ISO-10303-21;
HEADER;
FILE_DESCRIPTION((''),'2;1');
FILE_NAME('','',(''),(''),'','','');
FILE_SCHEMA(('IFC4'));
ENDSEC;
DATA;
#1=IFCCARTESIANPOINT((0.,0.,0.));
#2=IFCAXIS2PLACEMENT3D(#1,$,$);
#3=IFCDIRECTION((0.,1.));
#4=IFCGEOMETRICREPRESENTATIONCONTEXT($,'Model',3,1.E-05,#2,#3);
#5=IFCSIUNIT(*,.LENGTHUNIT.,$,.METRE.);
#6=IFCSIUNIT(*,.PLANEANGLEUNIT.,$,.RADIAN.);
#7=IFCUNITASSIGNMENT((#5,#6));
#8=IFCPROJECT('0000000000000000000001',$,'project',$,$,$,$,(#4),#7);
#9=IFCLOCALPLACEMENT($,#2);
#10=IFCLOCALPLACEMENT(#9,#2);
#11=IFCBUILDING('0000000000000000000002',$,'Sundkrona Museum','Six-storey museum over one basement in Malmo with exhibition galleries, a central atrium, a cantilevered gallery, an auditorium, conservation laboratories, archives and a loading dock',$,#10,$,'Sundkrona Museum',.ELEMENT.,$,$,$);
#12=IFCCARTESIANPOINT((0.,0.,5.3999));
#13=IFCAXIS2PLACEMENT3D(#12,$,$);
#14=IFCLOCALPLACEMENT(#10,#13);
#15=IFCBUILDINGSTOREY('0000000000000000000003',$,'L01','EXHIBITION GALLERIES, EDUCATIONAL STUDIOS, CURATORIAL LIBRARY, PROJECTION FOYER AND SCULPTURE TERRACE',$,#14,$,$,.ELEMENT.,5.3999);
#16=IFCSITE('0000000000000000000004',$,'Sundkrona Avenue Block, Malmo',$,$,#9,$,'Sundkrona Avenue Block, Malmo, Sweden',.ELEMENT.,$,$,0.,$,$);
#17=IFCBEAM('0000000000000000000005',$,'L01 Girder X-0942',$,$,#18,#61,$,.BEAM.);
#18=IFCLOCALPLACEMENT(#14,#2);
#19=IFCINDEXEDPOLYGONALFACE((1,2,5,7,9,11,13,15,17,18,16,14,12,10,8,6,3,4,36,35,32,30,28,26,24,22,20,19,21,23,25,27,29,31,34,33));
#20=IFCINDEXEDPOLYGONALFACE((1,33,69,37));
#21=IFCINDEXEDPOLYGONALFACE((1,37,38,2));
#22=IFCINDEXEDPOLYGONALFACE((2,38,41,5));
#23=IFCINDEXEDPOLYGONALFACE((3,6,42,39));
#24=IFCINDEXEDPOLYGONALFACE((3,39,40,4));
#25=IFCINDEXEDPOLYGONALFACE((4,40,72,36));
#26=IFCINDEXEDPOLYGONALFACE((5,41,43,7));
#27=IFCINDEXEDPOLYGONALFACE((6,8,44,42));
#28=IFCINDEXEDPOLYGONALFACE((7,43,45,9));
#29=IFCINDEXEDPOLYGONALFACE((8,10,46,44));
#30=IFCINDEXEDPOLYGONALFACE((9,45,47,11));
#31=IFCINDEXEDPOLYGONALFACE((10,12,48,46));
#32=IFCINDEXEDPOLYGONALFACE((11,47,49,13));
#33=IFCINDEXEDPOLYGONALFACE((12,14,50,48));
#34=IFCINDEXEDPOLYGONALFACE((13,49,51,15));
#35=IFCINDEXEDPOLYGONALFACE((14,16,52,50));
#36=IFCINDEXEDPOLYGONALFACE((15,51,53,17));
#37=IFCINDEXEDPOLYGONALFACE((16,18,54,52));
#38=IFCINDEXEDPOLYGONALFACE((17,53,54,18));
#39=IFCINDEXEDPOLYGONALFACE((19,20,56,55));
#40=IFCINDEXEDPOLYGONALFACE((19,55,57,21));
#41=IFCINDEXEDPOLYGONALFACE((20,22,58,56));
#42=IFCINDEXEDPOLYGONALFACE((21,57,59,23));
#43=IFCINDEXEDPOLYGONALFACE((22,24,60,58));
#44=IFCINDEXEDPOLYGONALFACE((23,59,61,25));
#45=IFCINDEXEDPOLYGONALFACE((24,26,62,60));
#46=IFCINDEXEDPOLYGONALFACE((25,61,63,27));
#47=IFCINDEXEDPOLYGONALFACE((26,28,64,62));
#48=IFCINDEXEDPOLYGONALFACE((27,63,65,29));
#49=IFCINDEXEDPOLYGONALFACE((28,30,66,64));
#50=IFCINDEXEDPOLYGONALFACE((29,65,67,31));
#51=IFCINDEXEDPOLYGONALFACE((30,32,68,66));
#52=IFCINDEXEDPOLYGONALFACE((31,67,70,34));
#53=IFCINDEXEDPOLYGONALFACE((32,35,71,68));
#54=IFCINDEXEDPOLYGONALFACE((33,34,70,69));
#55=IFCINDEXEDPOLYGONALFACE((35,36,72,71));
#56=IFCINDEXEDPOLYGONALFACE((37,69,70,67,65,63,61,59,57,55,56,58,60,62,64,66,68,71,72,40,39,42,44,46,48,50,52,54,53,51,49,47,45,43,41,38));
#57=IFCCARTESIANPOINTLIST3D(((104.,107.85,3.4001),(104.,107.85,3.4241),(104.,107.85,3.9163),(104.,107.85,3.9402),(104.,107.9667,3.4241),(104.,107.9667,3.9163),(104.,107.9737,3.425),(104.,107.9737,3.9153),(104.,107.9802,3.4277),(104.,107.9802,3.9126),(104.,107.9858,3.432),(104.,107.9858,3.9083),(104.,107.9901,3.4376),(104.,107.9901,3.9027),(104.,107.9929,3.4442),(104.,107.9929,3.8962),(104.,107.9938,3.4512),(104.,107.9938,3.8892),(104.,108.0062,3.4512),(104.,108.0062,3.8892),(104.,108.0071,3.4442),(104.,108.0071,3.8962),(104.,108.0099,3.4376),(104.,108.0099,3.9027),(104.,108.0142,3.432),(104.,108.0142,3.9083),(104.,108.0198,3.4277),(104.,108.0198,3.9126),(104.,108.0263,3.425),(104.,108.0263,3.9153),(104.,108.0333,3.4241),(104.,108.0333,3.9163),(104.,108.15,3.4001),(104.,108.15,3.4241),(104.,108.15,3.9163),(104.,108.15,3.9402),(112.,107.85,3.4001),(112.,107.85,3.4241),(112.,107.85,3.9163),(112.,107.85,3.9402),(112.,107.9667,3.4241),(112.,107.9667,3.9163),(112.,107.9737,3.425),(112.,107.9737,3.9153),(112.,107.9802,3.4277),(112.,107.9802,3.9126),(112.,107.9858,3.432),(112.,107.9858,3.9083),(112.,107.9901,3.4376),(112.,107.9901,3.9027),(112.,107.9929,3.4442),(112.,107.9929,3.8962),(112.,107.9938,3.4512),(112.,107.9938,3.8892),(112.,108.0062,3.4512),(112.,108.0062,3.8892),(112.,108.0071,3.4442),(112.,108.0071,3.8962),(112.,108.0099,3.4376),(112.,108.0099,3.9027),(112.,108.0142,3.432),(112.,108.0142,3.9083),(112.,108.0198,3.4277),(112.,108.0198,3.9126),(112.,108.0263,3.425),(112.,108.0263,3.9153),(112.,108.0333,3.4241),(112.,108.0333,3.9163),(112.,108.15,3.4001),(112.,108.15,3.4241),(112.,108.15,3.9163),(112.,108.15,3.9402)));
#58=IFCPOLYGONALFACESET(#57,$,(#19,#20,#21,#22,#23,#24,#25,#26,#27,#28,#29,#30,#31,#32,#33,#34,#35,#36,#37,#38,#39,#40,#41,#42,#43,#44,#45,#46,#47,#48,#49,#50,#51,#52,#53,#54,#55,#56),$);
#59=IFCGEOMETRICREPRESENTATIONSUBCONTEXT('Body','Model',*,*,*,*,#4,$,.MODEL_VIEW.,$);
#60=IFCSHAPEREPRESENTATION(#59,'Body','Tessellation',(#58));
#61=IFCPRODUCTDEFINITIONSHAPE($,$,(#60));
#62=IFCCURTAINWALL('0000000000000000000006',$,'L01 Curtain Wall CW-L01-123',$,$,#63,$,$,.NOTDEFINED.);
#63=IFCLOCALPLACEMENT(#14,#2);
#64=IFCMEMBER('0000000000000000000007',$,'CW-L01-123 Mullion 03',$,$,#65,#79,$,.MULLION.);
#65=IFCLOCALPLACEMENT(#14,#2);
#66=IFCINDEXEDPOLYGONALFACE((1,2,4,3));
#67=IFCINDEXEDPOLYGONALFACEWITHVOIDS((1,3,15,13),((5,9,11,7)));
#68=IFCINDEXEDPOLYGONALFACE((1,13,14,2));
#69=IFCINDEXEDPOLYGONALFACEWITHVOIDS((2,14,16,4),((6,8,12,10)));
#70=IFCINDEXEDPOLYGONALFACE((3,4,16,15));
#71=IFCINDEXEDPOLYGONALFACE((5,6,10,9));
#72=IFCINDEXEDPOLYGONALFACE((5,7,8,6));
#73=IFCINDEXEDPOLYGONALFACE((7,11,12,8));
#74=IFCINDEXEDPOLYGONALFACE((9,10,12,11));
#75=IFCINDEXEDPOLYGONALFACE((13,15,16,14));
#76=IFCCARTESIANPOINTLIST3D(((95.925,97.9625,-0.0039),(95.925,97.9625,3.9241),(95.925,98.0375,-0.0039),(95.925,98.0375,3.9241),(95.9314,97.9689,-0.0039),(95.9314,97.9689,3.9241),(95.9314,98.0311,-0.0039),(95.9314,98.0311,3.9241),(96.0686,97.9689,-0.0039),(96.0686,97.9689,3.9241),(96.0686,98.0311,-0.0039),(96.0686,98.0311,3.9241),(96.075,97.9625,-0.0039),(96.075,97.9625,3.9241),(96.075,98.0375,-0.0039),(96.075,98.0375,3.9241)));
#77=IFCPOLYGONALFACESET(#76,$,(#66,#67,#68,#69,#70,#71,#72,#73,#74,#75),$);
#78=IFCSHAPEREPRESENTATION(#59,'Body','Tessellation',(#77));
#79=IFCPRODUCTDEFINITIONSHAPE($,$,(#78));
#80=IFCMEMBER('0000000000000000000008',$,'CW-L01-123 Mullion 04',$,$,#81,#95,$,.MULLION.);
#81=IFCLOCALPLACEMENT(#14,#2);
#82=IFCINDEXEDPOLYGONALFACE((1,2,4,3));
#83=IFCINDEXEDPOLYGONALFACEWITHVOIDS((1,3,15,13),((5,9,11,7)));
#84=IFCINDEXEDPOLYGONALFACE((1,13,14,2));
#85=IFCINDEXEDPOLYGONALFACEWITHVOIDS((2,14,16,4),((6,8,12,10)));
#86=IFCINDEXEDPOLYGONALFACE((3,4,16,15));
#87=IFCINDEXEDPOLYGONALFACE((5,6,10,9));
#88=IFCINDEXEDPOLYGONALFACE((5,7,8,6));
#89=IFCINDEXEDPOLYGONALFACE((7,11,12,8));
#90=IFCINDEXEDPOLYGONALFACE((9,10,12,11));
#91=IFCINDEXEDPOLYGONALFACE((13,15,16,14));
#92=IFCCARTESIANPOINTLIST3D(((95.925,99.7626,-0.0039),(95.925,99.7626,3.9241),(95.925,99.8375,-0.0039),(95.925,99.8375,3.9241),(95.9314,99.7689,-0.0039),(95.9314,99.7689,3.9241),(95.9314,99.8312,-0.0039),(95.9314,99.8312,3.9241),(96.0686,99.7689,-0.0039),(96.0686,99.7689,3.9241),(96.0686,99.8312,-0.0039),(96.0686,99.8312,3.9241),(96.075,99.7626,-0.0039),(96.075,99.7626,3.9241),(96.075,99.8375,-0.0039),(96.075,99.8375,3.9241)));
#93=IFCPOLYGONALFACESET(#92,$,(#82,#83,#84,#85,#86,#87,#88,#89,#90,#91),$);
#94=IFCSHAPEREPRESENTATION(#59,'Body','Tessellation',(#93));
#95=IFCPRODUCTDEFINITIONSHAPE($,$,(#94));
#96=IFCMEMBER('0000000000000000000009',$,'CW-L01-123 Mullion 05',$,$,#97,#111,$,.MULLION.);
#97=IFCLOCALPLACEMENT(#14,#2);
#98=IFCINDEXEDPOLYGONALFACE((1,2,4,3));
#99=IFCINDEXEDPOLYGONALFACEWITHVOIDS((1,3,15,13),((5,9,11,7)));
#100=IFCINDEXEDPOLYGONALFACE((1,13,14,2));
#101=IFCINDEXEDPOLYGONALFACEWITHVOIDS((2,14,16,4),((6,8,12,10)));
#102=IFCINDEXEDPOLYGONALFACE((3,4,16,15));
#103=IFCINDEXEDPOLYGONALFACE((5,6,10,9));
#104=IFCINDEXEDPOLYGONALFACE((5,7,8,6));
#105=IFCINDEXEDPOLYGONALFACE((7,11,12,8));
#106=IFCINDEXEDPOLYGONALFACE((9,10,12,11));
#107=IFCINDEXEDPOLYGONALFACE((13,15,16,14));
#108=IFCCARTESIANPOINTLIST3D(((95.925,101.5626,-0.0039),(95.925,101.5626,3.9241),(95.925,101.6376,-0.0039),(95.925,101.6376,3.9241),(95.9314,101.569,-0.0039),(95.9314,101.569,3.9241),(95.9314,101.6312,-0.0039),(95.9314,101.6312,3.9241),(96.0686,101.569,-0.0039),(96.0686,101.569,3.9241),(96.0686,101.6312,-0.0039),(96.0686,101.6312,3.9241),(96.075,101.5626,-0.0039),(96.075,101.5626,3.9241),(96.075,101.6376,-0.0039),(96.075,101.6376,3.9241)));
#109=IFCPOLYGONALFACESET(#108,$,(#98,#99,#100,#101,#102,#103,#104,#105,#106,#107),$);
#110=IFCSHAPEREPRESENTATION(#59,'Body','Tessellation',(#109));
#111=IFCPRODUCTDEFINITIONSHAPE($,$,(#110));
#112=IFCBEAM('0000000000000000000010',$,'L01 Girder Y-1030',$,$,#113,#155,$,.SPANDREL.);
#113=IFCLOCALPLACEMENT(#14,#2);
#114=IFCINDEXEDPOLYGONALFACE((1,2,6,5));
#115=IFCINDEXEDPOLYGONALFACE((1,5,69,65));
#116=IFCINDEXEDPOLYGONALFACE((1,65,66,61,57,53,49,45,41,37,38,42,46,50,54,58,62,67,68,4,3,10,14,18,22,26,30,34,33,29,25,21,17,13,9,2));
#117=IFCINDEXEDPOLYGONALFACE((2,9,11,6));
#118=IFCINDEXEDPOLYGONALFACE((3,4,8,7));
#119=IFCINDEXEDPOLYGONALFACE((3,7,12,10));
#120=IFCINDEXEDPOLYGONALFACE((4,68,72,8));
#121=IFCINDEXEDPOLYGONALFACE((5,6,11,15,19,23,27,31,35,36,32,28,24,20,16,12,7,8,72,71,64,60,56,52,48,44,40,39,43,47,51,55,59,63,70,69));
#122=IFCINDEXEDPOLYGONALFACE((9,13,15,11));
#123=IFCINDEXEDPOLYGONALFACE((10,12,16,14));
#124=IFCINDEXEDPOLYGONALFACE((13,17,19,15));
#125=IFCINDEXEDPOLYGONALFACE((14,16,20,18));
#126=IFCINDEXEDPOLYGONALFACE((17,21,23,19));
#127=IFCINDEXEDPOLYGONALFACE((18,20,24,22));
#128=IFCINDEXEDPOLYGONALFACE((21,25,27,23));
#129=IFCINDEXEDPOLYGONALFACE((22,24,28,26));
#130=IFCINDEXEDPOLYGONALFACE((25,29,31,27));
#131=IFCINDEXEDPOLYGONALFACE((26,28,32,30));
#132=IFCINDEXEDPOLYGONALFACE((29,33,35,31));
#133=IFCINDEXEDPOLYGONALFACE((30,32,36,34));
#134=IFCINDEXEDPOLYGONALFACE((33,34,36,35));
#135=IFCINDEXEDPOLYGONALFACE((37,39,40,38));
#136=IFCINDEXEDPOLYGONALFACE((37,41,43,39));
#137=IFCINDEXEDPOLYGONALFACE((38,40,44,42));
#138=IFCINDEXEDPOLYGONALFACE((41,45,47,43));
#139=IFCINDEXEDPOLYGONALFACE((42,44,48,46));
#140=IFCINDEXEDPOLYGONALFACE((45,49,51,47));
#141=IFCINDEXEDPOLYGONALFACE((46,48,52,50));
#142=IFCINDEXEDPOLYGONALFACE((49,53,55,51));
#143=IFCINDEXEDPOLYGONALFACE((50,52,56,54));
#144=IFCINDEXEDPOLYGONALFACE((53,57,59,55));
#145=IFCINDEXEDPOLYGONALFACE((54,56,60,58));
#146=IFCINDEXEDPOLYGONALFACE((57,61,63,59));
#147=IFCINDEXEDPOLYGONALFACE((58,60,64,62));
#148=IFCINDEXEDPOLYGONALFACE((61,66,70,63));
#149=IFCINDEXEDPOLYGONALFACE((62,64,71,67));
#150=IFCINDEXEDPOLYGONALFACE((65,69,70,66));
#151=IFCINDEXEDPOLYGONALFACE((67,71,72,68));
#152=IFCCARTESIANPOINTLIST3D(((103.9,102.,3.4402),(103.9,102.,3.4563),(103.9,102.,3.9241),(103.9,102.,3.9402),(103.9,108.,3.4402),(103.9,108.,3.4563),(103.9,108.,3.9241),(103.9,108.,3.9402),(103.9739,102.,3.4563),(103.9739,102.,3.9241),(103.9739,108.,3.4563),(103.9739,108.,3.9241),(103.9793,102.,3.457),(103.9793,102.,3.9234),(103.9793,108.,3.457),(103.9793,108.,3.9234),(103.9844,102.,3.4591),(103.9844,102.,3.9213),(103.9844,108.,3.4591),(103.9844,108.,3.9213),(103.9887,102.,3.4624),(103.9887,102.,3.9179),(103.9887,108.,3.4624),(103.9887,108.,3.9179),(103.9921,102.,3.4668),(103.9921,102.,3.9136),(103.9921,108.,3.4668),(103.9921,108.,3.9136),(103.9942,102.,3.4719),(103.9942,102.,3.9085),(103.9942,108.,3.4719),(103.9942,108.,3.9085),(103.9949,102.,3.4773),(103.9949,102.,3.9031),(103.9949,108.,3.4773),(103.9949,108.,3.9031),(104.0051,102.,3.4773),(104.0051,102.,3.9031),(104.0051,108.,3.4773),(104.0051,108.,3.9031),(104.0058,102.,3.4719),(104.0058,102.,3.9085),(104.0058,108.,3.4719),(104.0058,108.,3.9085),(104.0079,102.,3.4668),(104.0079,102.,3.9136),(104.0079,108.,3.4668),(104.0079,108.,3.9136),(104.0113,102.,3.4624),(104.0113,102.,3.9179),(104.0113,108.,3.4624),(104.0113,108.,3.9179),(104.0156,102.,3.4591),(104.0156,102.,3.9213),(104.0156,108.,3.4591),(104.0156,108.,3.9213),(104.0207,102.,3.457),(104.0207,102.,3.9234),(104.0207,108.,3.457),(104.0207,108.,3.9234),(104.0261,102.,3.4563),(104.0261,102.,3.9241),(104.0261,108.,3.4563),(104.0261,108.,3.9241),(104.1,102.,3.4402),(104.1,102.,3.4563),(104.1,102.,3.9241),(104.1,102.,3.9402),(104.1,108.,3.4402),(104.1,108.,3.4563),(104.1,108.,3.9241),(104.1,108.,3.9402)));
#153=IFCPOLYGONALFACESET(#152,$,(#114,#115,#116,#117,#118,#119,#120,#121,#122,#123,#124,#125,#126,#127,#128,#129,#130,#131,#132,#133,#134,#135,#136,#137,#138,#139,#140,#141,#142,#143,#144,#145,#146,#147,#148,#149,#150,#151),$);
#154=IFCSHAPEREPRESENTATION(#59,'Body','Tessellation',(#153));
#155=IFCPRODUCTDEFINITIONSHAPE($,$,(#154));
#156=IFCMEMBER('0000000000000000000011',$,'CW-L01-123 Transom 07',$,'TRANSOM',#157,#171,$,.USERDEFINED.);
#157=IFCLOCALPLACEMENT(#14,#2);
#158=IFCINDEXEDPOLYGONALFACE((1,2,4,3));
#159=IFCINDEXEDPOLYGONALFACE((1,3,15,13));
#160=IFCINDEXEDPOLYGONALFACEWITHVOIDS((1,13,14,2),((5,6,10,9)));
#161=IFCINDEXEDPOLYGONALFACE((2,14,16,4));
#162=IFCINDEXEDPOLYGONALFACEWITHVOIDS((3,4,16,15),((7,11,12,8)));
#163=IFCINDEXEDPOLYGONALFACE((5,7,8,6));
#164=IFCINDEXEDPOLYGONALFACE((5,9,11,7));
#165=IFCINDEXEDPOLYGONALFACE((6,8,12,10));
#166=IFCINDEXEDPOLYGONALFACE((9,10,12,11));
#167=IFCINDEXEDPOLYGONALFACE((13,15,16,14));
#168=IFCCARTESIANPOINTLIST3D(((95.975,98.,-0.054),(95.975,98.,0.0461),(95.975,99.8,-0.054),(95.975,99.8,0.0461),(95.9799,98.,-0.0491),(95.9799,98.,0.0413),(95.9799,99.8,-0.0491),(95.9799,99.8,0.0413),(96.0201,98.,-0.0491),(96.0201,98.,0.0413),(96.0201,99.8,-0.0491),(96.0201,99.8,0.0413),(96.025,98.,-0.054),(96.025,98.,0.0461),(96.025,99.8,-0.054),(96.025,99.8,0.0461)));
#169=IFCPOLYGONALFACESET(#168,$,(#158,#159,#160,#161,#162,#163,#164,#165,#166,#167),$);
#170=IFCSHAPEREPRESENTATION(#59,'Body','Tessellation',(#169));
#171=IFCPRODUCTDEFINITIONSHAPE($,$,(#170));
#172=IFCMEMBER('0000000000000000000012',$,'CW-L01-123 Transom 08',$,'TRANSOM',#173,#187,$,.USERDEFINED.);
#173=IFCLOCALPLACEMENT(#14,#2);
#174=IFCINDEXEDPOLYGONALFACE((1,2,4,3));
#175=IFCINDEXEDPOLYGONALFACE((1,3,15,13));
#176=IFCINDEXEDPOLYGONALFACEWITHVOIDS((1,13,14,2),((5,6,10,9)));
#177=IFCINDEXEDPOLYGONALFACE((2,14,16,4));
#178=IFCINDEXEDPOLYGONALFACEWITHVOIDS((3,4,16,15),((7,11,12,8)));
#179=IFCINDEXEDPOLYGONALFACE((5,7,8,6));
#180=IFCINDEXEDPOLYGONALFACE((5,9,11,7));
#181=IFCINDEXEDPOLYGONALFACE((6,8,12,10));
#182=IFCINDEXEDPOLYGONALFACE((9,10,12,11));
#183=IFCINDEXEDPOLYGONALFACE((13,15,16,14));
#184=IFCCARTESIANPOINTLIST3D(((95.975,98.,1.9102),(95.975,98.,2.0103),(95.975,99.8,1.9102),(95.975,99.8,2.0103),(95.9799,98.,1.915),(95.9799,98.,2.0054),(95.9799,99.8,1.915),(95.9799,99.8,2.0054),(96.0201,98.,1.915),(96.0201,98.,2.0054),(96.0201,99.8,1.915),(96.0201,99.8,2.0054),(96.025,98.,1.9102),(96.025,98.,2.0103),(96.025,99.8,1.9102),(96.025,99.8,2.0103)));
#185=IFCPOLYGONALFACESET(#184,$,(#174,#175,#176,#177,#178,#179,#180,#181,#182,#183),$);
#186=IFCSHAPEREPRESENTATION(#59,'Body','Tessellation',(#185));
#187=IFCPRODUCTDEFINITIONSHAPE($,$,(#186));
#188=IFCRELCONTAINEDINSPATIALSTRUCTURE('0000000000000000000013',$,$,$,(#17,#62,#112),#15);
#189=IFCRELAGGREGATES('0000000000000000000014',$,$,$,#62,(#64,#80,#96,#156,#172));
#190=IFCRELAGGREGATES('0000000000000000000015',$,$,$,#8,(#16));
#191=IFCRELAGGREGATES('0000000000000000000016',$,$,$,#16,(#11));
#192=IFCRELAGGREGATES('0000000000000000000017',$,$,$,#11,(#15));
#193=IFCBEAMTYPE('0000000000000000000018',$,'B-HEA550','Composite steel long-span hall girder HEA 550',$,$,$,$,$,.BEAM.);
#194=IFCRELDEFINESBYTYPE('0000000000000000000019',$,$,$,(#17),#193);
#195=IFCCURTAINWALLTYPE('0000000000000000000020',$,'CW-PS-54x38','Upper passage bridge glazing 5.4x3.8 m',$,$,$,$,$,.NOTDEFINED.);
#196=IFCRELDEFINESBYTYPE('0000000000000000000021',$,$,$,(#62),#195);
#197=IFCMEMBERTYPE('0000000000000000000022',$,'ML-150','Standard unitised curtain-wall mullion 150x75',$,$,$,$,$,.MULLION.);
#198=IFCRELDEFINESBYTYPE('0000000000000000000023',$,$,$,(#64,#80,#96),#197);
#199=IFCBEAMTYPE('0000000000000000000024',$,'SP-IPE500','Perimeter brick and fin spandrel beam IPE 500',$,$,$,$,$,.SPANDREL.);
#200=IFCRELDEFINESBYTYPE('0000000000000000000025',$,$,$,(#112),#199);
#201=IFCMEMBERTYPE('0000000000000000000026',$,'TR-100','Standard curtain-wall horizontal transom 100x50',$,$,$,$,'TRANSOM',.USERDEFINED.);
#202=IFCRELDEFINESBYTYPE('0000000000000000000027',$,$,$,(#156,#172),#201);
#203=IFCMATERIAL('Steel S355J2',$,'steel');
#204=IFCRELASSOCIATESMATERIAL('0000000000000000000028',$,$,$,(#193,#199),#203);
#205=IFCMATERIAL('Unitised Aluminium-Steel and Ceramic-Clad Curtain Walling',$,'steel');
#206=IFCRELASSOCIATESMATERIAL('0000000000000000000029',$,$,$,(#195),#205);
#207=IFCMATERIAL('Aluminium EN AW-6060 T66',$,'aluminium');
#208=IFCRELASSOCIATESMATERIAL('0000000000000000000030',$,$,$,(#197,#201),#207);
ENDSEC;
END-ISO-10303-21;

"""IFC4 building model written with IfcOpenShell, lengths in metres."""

from ifc_helpers import new_model, si_unit, direction, frame, origin, origin_2d, place, context, subcontext, project, spatial, hollow_rectangle, i_section, extrude, material, material_profile, profile_set, type_object, element, aggregate, save


model = new_model("IFC4")

# Units and contexts
model_context = context("Model", 3, precision=1e-05, world=origin(), true_north=direction((0.0, 1.0)))
body_context = subcontext(model_context, "Body", "Model", "MODEL_VIEW")
ifc_project = project(units=[si_unit("LENGTHUNIT", "METRE"), si_unit("PLANEANGLEUNIT", "RADIAN")], contexts=[model_context])

# Site, building, storey
site_placement = place(None, origin())
site = spatial("IfcSite", under=ifc_project, at=site_placement, Name="Sundkrona Avenue Block, Malmo", LongName="Sundkrona Avenue Block, Malmo, Sweden", CompositionType="ELEMENT", RefElevation=0.0)
building_placement = place(site_placement, origin())
building = spatial("IfcBuilding", under=site, at=building_placement, Name="Sundkrona Museum", Description="Six-storey museum over one basement in Malmo with exhibition galleries, a central atrium, a cantilevered gallery, an auditorium, conservation laboratories, archives and a loading dock", LongName="Sundkrona Museum", CompositionType="ELEMENT")
storey_placement = place(building_placement, frame((0.0, 0.0, 5.3999)))
storey = spatial("IfcBuildingStorey", under=building, at=storey_placement, Name="L01", Description="EXHIBITION GALLERIES, EDUCATIONAL STUDIOS, CURATORIAL LIBRARY, PROJECTION FOYER AND SCULPTURE TERRACE", CompositionType="ELEMENT", Elevation=5.3999)

# Shared definitions
ifc_material_1 = material(Name="Steel S355J2", Category="steel")

# Beam
ifc_material_profile_1 = material_profile(ifc_material_1, i_section(OverallWidth=0.3, OverallDepth=0.54, WebThickness=0.0125, FlangeThickness=0.0239, FilletRadius=0.0271, at=origin_2d()), Name="HEA 550")
ifc_profile_set_1 = profile_set([ifc_material_profile_1], Name="Steel S355J2")
beam_type_1 = type_object("IfcBeamType", Name="B-HEA550", Description="Composite steel long-span hall girder HEA 550", PredefinedType="BEAM", material=ifc_profile_set_1)
for number, where, z_axis, x_axis, name in (
    (1, (104.0, 108.0, 3.6702), (1.0, 0.0, 0.0), (0.0, 1.0, 0.0), "L01 Girder X-0942"),
):
    element("IfcBeam", number, at=place(storey_placement, frame(where, z_axis=z_axis, x_axis=x_axis)), inside=storey, type_object=beam_type_1, Name=name, PredefinedType="BEAM", context=body_context, shape_type="SweptSolid", body=[
        extrude(i_section(OverallWidth=0.3, OverallDepth=0.54, WebThickness=0.0125, FlangeThickness=0.0239, FilletRadius=0.0271, at=origin_2d()), origin(), (0.0, 0.0, 1.0), 8.0),
    ])

# Curtain wall, members
ifc_material_2 = material(Name="Unitised Aluminium-Steel and Ceramic-Clad Curtain Walling", Category="steel")
curtain_wall_type = type_object("IfcCurtainWallType", Name="CW-PS-54x38", Description="Upper passage bridge glazing 5.4x3.8 m", PredefinedType="NOTDEFINED", material=ifc_material_2)
curtain_wall_placement = place(storey_placement, origin())
curtain_wall = element("IfcCurtainWall", 2, at=curtain_wall_placement, inside=storey, type_object=curtain_wall_type, Name="L01 Curtain Wall CW-L01-123", PredefinedType="NOTDEFINED")
ifc_material_3 = material(Name="Aluminium EN AW-6060 T66", Category="aluminium")
ifc_material_profile_2 = material_profile(ifc_material_3, hollow_rectangle(XDim=0.075, YDim=0.1499, WallThickness=0.0063, at=origin_2d()), Name="RHS 150x75x6.3")
ifc_profile_set_2 = profile_set([ifc_material_profile_2], Name="Aluminium EN AW-6060 T66")
member_type_1 = type_object("IfcMemberType", Name="ML-150", Description="Standard unitised curtain-wall mullion 150x75", PredefinedType="MULLION", material=ifc_profile_set_2)
member_1_placement = place(storey_placement, frame((96.0, 98.0, -0.0039), z_axis=(0.0, 0.0, 1.0), x_axis=(0.0, 1.0, 0.0)))
member_1 = element("IfcMember", 3, at=member_1_placement, type_object=member_type_1, Name="CW-L01-123 Mullion 03", PredefinedType="MULLION", context=body_context, shape_type="SweptSolid", body=[
    extrude(hollow_rectangle(XDim=0.075, YDim=0.1499, WallThickness=0.0063, at=origin_2d()), origin(), (0.0, 0.0, 1.0), 3.928),
])
member_2_placement = place(storey_placement, frame((96.0, 99.8, -0.0039), z_axis=(0.0, 0.0, 1.0), x_axis=(0.0, 1.0, 0.0)))
member_2 = element("IfcMember", 4, at=member_2_placement, type_object=member_type_1, Name="CW-L01-123 Mullion 04", PredefinedType="MULLION", context=body_context, shape_type="SweptSolid", body=[
    extrude(hollow_rectangle(XDim=0.075, YDim=0.1499, WallThickness=0.0063, at=origin_2d()), origin(), (0.0, 0.0, 1.0), 3.928),
])
member_3_placement = place(storey_placement, frame((96.0, 101.6001, -0.0039), z_axis=(0.0, 0.0, 1.0), x_axis=(0.0, 1.0, 0.0)))
member_3 = element("IfcMember", 5, at=member_3_placement, type_object=member_type_1, Name="CW-L01-123 Mullion 05", PredefinedType="MULLION", context=body_context, shape_type="SweptSolid", body=[
    extrude(hollow_rectangle(XDim=0.075, YDim=0.1499, WallThickness=0.0063, at=origin_2d()), origin(), (0.0, 0.0, 1.0), 3.928),
])

# Beam
ifc_material_profile_3 = material_profile(ifc_material_1, i_section(OverallWidth=0.2, OverallDepth=0.5, WebThickness=0.0103, FlangeThickness=0.0161, FilletRadius=0.021, at=origin_2d()), Name="IPE 500")
ifc_profile_set_3 = profile_set([ifc_material_profile_3], Name="Steel S355J2")
beam_type_2 = type_object("IfcBeamType", Name="SP-IPE500", Description="Perimeter brick and fin spandrel beam IPE 500", PredefinedType="SPANDREL", material=ifc_profile_set_3)
beam_placement = place(storey_placement, frame((104.0, 102.0, 3.6902), z_axis=(0.0, 1.0, 0.0), x_axis=(-1.0, 0.0, 0.0)))
element("IfcBeam", 6, at=beam_placement, inside=storey, type_object=beam_type_2, Name="L01 Girder Y-1030", PredefinedType="SPANDREL", context=body_context, shape_type="SweptSolid", body=[
    extrude(i_section(OverallWidth=0.2, OverallDepth=0.5, WebThickness=0.0103, FlangeThickness=0.0161, FilletRadius=0.021, at=origin_2d()), origin(), (0.0, 0.0, 1.0), 6.0),
])

# Members
ifc_material_profile_4 = material_profile(ifc_material_3, hollow_rectangle(XDim=0.05, YDim=0.1001, WallThickness=0.0049, at=origin_2d()), Name="RHS 100x50x5.0")
ifc_profile_set_4 = profile_set([ifc_material_profile_4], Name="Aluminium EN AW-6060 T66")
member_type_2 = type_object("IfcMemberType", Name="TR-100", Description="Standard curtain-wall horizontal transom 100x50", ElementType="TRANSOM", PredefinedType="USERDEFINED", material=ifc_profile_set_4)
member_4_placement = place(storey_placement, frame((96.0, 98.0, -0.0039), z_axis=(0.0, 1.0, 0.0), x_axis=(-1.0, 0.0, 0.0)))
member_4 = element("IfcMember", 7, at=member_4_placement, type_object=member_type_2, Name="CW-L01-123 Transom 07", ObjectType="TRANSOM", PredefinedType="USERDEFINED", context=body_context, shape_type="SweptSolid", body=[
    extrude(hollow_rectangle(XDim=0.05, YDim=0.1001, WallThickness=0.0049, at=origin_2d()), origin(), (0.0, 0.0, 1.0), 1.8),
])
member_5_placement = place(storey_placement, frame((96.0, 98.0, 1.9602), z_axis=(0.0, 1.0, 0.0), x_axis=(-1.0, 0.0, 0.0)))
member_5 = element("IfcMember", 8, at=member_5_placement, type_object=member_type_2, Name="CW-L01-123 Transom 08", ObjectType="TRANSOM", PredefinedType="USERDEFINED", context=body_context, shape_type="SweptSolid", body=[
    extrude(hollow_rectangle(XDim=0.05, YDim=0.1001, WallThickness=0.0049, at=origin_2d()), origin(), (0.0, 0.0, 1.0), 1.8),
])

aggregate(curtain_wall, [member_1, member_2, member_3, member_4, member_5])

save(model, "model.ifc")
